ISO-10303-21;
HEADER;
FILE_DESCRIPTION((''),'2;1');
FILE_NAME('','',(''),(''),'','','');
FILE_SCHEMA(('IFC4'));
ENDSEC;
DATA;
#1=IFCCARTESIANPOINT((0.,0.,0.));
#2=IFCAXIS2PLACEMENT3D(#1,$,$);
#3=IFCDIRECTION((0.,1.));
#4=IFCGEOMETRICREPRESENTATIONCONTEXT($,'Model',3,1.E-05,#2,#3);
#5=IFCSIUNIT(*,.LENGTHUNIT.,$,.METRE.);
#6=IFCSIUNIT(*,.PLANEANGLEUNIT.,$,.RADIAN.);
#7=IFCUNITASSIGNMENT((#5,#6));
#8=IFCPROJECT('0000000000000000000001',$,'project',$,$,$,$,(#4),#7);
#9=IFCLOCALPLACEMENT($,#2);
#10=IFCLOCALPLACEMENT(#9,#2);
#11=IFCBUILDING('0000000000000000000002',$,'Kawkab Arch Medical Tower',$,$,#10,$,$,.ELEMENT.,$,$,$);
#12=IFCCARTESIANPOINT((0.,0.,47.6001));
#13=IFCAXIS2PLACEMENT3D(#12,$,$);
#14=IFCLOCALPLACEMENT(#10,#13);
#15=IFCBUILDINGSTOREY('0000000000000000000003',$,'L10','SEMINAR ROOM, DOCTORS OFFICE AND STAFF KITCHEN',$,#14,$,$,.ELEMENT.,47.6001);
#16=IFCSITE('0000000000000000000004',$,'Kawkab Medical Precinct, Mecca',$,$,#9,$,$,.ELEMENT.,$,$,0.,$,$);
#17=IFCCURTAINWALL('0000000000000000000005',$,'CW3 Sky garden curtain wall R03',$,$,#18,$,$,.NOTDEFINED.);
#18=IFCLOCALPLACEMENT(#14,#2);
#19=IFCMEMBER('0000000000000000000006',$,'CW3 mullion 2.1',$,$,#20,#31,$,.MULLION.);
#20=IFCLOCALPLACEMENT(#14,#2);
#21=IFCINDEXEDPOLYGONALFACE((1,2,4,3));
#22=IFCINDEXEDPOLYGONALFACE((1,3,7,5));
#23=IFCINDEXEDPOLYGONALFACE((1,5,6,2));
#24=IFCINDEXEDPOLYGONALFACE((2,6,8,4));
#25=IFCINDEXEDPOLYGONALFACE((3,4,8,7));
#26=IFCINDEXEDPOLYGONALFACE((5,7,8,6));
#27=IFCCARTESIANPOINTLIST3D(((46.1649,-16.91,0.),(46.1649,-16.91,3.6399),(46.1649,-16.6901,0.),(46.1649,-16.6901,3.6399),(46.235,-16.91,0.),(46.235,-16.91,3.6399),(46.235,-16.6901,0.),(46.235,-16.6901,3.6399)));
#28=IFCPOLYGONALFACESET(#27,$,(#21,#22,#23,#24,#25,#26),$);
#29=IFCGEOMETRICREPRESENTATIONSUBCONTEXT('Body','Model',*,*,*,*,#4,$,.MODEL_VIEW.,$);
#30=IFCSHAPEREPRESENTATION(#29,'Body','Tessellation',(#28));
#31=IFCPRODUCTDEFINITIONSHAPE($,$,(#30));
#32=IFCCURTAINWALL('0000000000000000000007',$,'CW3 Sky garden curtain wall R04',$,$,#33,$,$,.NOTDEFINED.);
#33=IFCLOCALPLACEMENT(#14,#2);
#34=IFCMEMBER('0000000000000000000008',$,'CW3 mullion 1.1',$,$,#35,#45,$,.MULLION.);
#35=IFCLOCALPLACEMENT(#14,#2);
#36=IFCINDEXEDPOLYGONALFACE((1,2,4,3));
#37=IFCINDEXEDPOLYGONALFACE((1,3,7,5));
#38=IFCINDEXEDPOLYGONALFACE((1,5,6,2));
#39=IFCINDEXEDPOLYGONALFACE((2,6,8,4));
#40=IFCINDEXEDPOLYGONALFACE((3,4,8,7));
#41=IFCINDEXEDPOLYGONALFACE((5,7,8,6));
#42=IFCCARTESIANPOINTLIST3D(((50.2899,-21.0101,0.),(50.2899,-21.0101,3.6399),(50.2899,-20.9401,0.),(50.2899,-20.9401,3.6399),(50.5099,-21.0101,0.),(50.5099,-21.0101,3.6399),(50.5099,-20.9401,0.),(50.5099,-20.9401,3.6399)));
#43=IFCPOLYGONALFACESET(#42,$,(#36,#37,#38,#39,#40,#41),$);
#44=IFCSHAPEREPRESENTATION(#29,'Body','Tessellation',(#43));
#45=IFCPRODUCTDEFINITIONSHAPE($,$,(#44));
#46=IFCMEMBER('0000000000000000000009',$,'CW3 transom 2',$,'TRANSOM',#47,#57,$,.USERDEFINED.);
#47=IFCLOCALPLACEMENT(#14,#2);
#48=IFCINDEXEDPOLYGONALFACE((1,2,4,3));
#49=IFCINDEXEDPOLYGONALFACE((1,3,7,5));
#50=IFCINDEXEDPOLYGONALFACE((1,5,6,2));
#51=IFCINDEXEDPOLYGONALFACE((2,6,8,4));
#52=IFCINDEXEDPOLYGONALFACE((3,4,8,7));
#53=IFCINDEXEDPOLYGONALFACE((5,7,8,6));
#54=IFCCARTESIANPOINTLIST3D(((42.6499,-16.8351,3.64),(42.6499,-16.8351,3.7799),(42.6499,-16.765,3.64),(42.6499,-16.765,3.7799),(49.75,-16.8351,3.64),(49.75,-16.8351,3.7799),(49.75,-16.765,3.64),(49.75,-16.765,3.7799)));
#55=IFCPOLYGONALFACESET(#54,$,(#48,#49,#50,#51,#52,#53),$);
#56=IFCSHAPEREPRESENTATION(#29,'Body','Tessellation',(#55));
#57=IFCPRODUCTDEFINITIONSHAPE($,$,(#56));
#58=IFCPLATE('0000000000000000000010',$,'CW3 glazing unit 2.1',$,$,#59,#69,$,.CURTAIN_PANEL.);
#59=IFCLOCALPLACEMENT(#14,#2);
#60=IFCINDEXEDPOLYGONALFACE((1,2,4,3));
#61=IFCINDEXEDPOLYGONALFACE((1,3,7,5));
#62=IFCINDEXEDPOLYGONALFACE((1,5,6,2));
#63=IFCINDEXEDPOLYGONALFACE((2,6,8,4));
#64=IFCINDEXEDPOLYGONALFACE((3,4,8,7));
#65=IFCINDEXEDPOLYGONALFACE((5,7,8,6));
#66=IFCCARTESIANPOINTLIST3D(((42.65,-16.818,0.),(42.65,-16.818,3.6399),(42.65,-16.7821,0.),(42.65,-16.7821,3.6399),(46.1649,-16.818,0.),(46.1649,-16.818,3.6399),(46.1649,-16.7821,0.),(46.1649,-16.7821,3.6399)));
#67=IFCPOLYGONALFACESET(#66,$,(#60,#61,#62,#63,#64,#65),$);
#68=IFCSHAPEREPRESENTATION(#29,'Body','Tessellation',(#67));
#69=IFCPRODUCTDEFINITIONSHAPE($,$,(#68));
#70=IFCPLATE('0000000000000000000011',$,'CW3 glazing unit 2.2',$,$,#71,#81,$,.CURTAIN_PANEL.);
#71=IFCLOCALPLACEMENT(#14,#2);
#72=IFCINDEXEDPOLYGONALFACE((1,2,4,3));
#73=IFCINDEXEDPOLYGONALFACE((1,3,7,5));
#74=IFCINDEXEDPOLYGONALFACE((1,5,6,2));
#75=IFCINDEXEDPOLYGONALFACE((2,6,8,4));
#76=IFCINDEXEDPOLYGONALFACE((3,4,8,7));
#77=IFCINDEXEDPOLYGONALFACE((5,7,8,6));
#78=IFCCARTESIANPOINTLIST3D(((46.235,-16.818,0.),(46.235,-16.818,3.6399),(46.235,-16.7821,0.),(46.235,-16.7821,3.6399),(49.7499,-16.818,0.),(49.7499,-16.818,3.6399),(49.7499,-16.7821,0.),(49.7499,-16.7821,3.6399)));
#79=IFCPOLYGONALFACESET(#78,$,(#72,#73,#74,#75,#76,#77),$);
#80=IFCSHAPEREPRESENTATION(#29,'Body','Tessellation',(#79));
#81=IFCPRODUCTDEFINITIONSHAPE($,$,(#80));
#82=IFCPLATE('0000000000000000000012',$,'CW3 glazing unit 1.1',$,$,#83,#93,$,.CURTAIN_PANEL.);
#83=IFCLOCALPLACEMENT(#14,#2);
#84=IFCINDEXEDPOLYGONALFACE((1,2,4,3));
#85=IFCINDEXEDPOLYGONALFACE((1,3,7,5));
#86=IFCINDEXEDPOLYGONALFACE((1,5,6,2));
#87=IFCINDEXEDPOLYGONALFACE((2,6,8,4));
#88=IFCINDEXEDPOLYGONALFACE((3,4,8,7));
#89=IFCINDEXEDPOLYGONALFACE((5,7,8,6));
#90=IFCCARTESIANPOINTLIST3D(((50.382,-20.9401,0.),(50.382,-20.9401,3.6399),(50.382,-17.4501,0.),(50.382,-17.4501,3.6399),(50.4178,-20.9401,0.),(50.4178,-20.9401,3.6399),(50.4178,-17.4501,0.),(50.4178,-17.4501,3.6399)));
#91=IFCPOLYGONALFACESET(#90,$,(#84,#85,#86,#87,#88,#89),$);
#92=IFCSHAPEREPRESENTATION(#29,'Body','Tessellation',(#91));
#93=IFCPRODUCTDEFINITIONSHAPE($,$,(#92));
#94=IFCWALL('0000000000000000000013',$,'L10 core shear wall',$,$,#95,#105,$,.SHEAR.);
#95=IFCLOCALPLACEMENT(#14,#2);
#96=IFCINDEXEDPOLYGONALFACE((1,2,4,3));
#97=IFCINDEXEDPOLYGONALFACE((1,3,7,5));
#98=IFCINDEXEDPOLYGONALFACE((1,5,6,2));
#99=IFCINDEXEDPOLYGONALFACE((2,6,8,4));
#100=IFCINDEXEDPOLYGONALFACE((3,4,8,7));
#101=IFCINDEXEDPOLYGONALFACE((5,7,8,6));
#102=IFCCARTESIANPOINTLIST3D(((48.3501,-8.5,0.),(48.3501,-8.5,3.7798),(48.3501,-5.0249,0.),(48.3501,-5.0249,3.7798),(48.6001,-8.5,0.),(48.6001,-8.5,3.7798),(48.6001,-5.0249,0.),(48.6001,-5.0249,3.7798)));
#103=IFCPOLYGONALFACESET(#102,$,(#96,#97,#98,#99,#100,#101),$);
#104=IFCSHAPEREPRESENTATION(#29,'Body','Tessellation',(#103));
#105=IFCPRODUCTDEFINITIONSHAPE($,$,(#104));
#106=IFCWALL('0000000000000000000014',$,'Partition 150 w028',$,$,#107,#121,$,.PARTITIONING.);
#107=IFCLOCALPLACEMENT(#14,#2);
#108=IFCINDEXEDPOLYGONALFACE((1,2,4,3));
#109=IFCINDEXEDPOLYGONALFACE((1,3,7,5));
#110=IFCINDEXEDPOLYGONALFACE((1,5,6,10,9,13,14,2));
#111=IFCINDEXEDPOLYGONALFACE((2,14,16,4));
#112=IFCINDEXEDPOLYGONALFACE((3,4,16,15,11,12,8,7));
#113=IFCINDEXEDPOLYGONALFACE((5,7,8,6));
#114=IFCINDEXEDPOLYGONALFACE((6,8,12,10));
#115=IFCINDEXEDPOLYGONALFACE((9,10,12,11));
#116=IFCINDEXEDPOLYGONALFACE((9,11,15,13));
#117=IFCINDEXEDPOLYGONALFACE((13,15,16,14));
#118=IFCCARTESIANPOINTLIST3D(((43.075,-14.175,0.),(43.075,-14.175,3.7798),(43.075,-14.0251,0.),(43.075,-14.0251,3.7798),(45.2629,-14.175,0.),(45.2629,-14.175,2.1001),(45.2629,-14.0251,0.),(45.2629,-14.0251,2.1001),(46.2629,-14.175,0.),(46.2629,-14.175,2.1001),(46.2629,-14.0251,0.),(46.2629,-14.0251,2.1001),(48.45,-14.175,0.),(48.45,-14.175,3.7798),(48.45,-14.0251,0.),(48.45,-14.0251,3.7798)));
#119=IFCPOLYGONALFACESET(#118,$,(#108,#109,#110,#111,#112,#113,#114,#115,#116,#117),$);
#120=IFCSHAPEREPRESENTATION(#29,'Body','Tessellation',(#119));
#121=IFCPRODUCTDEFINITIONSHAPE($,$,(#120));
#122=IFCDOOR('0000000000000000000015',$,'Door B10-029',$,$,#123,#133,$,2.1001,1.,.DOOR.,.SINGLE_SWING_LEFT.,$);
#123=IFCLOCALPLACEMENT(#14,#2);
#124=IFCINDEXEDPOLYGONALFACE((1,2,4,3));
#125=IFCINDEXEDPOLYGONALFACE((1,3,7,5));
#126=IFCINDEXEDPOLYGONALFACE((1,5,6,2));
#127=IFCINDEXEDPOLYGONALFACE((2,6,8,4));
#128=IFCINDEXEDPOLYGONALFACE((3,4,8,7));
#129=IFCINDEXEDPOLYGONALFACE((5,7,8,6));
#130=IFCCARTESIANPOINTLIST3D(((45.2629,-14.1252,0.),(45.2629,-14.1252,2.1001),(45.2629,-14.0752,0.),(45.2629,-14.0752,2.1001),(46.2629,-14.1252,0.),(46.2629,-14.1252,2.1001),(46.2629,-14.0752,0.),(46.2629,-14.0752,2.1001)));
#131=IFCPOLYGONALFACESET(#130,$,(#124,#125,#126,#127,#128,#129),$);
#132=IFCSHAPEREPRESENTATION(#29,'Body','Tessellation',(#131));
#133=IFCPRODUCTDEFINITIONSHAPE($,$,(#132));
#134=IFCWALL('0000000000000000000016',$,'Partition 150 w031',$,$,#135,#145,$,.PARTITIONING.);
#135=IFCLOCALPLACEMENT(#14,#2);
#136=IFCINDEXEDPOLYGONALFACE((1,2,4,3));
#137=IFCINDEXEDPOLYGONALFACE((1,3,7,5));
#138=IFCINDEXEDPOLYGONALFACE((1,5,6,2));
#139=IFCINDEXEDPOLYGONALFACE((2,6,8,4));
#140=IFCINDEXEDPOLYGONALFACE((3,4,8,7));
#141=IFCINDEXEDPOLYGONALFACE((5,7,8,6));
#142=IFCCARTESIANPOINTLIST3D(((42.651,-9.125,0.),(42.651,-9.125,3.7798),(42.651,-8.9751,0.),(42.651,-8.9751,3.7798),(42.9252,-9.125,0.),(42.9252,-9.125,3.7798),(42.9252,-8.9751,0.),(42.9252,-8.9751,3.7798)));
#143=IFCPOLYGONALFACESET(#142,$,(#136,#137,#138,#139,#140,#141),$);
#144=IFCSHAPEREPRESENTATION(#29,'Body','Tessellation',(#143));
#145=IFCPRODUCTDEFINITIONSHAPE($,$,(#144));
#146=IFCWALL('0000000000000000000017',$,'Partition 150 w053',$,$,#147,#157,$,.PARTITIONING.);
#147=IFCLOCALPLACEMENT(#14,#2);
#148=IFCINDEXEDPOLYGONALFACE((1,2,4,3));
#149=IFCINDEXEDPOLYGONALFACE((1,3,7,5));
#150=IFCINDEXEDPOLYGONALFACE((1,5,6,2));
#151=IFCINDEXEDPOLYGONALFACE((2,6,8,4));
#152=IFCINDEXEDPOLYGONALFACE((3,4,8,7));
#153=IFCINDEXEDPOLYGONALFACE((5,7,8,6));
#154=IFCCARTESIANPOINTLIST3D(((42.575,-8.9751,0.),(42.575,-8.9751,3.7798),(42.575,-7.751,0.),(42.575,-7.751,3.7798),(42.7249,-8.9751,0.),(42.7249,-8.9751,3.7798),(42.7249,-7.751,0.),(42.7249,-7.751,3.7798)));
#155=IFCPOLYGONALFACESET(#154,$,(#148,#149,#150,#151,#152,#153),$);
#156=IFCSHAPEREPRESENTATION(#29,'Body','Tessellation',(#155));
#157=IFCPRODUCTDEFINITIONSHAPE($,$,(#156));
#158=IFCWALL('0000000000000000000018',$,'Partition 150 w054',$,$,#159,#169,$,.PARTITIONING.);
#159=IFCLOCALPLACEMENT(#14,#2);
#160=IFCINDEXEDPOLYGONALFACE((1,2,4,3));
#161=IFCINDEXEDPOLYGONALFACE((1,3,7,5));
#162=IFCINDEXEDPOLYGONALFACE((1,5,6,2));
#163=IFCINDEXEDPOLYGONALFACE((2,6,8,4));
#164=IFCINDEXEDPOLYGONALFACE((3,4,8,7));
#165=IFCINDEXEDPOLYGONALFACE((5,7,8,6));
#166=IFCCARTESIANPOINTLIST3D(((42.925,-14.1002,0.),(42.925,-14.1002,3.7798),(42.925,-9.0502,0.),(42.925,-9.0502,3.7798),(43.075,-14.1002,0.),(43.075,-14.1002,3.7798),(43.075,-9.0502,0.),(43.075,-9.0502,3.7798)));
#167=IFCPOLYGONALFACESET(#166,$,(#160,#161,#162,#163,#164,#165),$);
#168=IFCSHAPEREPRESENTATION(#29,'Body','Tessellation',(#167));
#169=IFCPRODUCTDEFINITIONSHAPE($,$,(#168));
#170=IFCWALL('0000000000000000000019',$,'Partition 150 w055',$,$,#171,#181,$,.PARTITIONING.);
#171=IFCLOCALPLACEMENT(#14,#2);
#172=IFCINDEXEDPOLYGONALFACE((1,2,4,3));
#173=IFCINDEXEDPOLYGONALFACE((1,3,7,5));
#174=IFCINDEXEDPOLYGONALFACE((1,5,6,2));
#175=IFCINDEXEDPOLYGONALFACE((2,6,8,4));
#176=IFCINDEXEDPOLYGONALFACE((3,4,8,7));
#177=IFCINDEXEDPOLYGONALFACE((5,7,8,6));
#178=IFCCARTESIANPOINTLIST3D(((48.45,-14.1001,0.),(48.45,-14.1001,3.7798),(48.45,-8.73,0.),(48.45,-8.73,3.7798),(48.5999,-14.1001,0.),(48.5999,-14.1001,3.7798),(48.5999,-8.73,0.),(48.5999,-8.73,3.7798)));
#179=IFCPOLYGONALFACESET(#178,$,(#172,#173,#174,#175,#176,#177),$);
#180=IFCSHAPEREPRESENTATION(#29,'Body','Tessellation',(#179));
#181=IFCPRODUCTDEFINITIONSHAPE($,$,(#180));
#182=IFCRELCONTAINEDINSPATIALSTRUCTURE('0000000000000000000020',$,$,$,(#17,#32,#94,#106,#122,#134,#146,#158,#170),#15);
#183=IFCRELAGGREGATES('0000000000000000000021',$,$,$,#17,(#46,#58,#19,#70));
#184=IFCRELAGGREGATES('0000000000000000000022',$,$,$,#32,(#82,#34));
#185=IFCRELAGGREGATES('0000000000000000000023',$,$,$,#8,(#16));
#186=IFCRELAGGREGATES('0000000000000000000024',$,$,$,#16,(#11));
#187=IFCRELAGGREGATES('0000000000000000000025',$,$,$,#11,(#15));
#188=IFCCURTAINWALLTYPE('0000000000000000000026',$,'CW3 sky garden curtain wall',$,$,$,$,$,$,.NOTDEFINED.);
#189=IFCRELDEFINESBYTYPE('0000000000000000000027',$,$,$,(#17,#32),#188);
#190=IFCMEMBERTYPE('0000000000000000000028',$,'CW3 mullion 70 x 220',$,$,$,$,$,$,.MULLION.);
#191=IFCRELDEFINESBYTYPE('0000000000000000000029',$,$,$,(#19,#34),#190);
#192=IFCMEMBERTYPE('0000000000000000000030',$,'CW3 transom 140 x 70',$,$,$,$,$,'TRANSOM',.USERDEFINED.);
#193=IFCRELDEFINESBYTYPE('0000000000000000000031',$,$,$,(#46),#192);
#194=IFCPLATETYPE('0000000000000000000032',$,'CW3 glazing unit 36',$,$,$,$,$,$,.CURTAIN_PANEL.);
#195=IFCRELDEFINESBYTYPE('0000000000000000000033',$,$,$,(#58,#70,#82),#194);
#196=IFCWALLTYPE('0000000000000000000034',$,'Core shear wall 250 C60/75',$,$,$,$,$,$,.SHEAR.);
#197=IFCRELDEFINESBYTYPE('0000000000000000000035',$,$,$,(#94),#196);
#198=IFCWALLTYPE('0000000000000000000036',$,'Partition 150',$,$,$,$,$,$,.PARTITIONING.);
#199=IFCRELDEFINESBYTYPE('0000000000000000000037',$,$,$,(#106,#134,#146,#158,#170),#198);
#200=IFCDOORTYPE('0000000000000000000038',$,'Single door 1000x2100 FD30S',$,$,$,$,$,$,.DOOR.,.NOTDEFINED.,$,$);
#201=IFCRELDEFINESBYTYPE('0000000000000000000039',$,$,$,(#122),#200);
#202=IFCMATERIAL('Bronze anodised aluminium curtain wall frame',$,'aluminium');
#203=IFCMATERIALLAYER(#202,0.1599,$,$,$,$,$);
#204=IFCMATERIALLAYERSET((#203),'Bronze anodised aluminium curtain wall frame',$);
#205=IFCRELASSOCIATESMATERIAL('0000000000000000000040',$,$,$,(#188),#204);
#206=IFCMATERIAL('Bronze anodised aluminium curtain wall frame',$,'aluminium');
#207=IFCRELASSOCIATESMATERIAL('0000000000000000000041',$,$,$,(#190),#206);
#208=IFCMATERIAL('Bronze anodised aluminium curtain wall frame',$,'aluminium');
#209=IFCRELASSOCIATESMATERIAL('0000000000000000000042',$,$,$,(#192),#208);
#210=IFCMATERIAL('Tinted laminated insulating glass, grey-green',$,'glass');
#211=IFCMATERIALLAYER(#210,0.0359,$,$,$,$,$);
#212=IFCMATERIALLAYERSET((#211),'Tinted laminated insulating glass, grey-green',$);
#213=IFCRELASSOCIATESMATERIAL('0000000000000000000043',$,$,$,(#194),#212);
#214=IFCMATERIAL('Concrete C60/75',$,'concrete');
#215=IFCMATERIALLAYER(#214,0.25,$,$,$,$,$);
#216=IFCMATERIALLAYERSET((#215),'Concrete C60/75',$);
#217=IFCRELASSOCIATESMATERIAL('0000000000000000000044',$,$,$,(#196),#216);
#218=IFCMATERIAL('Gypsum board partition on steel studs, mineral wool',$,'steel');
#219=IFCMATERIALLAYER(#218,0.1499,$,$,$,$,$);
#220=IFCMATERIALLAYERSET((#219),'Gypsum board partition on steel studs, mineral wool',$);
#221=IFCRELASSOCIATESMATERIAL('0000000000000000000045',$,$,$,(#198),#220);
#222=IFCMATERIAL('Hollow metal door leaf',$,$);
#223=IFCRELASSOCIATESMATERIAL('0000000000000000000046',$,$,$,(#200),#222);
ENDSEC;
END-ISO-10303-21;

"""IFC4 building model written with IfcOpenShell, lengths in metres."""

from ifc_helpers import new_model, si_unit, direction, frame, frame_2d, origin, origin_2d, place, context, subcontext, project, spatial, rectangle, extrude, material, layer, layer_set, material_profile, profile_set, type_object, element, fill, aggregate, save


model = new_model("IFC4")

# Units and contexts
model_context = context("Model", 3, precision=1e-05, world=origin(), true_north=direction((0.0, 1.0)))
body_context = subcontext(model_context, "Body", "Model", "MODEL_VIEW")
ifc_project = project(units=[si_unit("LENGTHUNIT", "METRE"), si_unit("PLANEANGLEUNIT", "RADIAN")], contexts=[model_context])

# Site, building, storey
site_placement = place(None, origin())
site = spatial("IfcSite", under=ifc_project, at=site_placement, Name="Kawkab Medical Precinct, Mecca", CompositionType="ELEMENT", RefElevation=0.0)
building_placement = place(site_placement, origin())
building = spatial("IfcBuilding", under=site, at=building_placement, Name="Kawkab Arch Medical Tower", CompositionType="ELEMENT")
storey_placement = place(building_placement, frame((0.0, 0.0, 47.6001)))
storey = spatial("IfcBuildingStorey", under=building, at=storey_placement, Name="L10", Description="SEMINAR ROOM, DOCTORS OFFICE AND STAFF KITCHEN", CompositionType="ELEMENT", Elevation=47.6001)

# Curtain walls, members
ifc_material_1 = material(Name="Bronze anodised aluminium curtain wall frame", Category="aluminium")
ifc_layer_1 = layer(ifc_material_1, 0.1599)
ifc_layer_set_1 = layer_set([ifc_layer_1], Name="Bronze anodised aluminium curtain wall frame")
curtain_wall_type = type_object("IfcCurtainWallType", Name="CW3 sky garden curtain wall", PredefinedType="NOTDEFINED", material=ifc_layer_set_1)
placement = place(storey_placement, origin())
curtain_wall_1 = element("IfcCurtainWall", 1, at=placement, inside=storey, type_object=curtain_wall_type, Name="CW3 Sky garden curtain wall R03", PredefinedType="NOTDEFINED")
ifc_material_2 = material(Name="Bronze anodised aluminium curtain wall frame", Category="aluminium")
ifc_material_profile_1 = material_profile(ifc_material_2, rectangle(XDim=0.22, YDim=0.0701, at=origin_2d()), Name="AL 70x220")
ifc_profile_set_1 = profile_set([ifc_material_profile_1], Name="Bronze anodised aluminium curtain wall frame")
member_type_1 = type_object("IfcMemberType", Name="CW3 mullion 70 x 220", PredefinedType="MULLION", material=ifc_profile_set_1)
member_1_placement = place(storey_placement, frame((46.2, -16.8, 0.0), z_axis=(0.0, 0.0, 1.0), x_axis=(0.0, 1.0, 0.0)))
member_1 = element("IfcMember", 2, at=member_1_placement, type_object=member_type_1, Name="CW3 mullion 2.1", PredefinedType="MULLION", context=body_context, shape_type="SweptSolid", body=[
    extrude(rectangle(XDim=0.22, YDim=0.0701, at=origin_2d()), origin(), (0.0, 0.0, 1.0), 3.6399),
])
curtain_wall_2 = element("IfcCurtainWall", 3, at=placement, inside=storey, type_object=curtain_wall_type, Name="CW3 Sky garden curtain wall R04", PredefinedType="NOTDEFINED")
member_2_placement = place(storey_placement, frame((50.3999, -20.9751, 0.0), z_axis=(0.0, 0.0, 1.0), x_axis=(1.0, 0.0, 0.0)))
member_2 = element("IfcMember", 4, at=member_2_placement, type_object=member_type_1, Name="CW3 mullion 1.1", PredefinedType="MULLION", context=body_context, shape_type="SweptSolid", body=[
    extrude(rectangle(XDim=0.22, YDim=0.0701, at=origin_2d()), origin(), (0.0, 0.0, 1.0), 3.6399),
])

# Member
ifc_material_3 = material(Name="Bronze anodised aluminium curtain wall frame", Category="aluminium")
ifc_material_profile_2 = material_profile(ifc_material_3, rectangle(XDim=0.0701, YDim=0.1399, at=origin_2d()), Name="AL 70x140")
ifc_profile_set_2 = profile_set([ifc_material_profile_2], Name="Bronze anodised aluminium curtain wall frame")
member_type_2 = type_object("IfcMemberType", Name="CW3 transom 140 x 70", ElementType="TRANSOM", PredefinedType="USERDEFINED", material=ifc_profile_set_2)
member_3_placement = place(storey_placement, frame((42.6499, -16.8, 3.71), z_axis=(1.0, 0.0, 0.0), x_axis=(0.0, 1.0, 0.0)))
member_3 = element("IfcMember", 5, at=member_3_placement, type_object=member_type_2, Name="CW3 transom 2", ObjectType="TRANSOM", PredefinedType="USERDEFINED", context=body_context, shape_type="SweptSolid", body=[
    extrude(rectangle(XDim=0.0701, YDim=0.1399, at=origin_2d()), origin(), (0.0, 0.0, 1.0), 7.1001),
])

# Plates
ifc_material_4 = material(Name="Tinted laminated insulating glass, grey-green", Category="glass")
ifc_layer_2 = layer(ifc_material_4, 0.0359)
ifc_layer_set_2 = layer_set([ifc_layer_2], Name="Tinted laminated insulating glass, grey-green")
plate_type = type_object("IfcPlateType", Name="CW3 glazing unit 36", PredefinedType="CURTAIN_PANEL", material=ifc_layer_set_2)
plate_1_placement = place(storey_placement, frame((44.4075, -16.8, 0.0), z_axis=(0.0, 0.0, 1.0), x_axis=(1.0, 0.0, 0.0)))
plate_1 = element("IfcPlate", 6, at=plate_1_placement, type_object=plate_type, Name="CW3 glazing unit 2.1", PredefinedType="CURTAIN_PANEL", context=body_context, shape_type="SweptSolid", body=[
    extrude(rectangle(XDim=3.5149, YDim=0.0359, at=origin_2d()), origin(), (0.0, 0.0, 1.0), 3.6399),
])
plate_2_placement = place(storey_placement, frame((47.9924, -16.8, 0.0), z_axis=(0.0, 0.0, 1.0), x_axis=(1.0, 0.0, 0.0)))
plate_2 = element("IfcPlate", 7, at=plate_2_placement, type_object=plate_type, Name="CW3 glazing unit 2.2", PredefinedType="CURTAIN_PANEL", context=body_context, shape_type="SweptSolid", body=[
    extrude(rectangle(XDim=3.5149, YDim=0.0359, at=origin_2d()), origin(), (0.0, 0.0, 1.0), 3.6399),
])
aggregate(curtain_wall_1, [member_3, plate_1, member_1, plate_2])
plate_3_placement = place(storey_placement, frame((50.3999, -19.1951, 0.0), z_axis=(0.0, 0.0, 1.0), x_axis=(0.0, -1.0, 0.0)))
plate_3 = element("IfcPlate", 8, at=plate_3_placement, type_object=plate_type, Name="CW3 glazing unit 1.1", PredefinedType="CURTAIN_PANEL", context=body_context, shape_type="SweptSolid", body=[
    extrude(rectangle(XDim=3.49, YDim=0.0359, at=origin_2d()), origin(), (0.0, 0.0, 1.0), 3.6399),
])
aggregate(curtain_wall_2, [plate_3, member_2])

# Wall
ifc_material_5 = material(Name="Concrete C60/75", Category="concrete")
ifc_layer_3 = layer(ifc_material_5, 0.25)
ifc_layer_set_3 = layer_set([ifc_layer_3], Name="Concrete C60/75")
wall_type_1 = type_object("IfcWallType", Name="Core shear wall 250 C60/75", PredefinedType="SHEAR", material=ifc_layer_set_3)
wall_1_placement = place(storey_placement, frame((48.4751, -8.5, 0.0), z_axis=(0.0, 0.0, 1.0), x_axis=(0.0, 1.0, 0.0)))
element("IfcWall", 9, at=wall_1_placement, inside=storey, type_object=wall_type_1, Name="L10 core shear wall", PredefinedType="SHEAR", context=body_context, shape_type="SweptSolid", body=[
    extrude(rectangle(XDim=3.4751, YDim=0.25, at=frame_2d((1.7375, 0.0))), origin(), (0.0, 0.0, 1.0), 3.7798),
])

# Wall, opening, door
ifc_material_6 = material(Name="Gypsum board partition on steel studs, mineral wool", Category="steel")
ifc_layer_4 = layer(ifc_material_6, 0.1499)
ifc_layer_set_4 = layer_set([ifc_layer_4], Name="Gypsum board partition on steel studs, mineral wool")
wall_type_2 = type_object("IfcWallType", Name="Partition 150", PredefinedType="PARTITIONING", material=ifc_layer_set_4)
wall_2_placement = place(storey_placement, frame((43.075, -14.1001, 0.0), z_axis=(0.0, 0.0, 1.0), x_axis=(1.0, 0.0, 0.0)))
wall_2 = element("IfcWall", 10, at=wall_2_placement, inside=storey, type_object=wall_type_2, Name="Partition 150 w028", PredefinedType="PARTITIONING", context=body_context, shape_type="SweptSolid", body=[
    extrude(rectangle(XDim=5.375, YDim=0.1499, at=frame_2d((2.6875, 0.0))), origin(), (0.0, 0.0, 1.0), 3.7798),
])
opening_1_placement = place(wall_2_placement, frame((2.188, 0.0, 0.0)))
opening_1 = element("IfcOpeningElement", 11, at=opening_1_placement, cuts=wall_2, PredefinedType="OPENING", context=body_context, shape_type="SweptSolid", body=[
    extrude(rectangle(XDim=1.0, YDim=2.1001, at=frame_2d((0.5, 1.05))), frame((0.0, 0.085, 0.0), z_axis=(0.0, -1.0, 0.0), x_axis=(1.0, 0.0, 0.0)), (0.0, 0.0, 1.0), 0.1699),
])
ifc_material_7 = material(Name="Hollow metal door leaf")
door_type_1 = type_object("IfcDoorType", Name="Single door 1000x2100 FD30S", OperationType="NOTDEFINED", PredefinedType="DOOR", material=ifc_material_7)
door_1_placement = place(opening_1_placement, origin())
door_1 = element("IfcDoor", 12, at=door_1_placement, inside=storey, type_object=door_type_1, Name="Door B10-029", OperationType="SINGLE_SWING_LEFT", OverallHeight=2.1001, OverallWidth=1.0, PredefinedType="DOOR", context=body_context, shape_type="SweptSolid", body=[
    extrude(rectangle(XDim=1.0, YDim=2.1001, at=frame_2d((0.5, 1.05))), frame((0.0, 0.0249, 0.0), z_axis=(0.0, -1.0, 0.0), x_axis=(1.0, 0.0, 0.0)), (0.0, 0.0, 1.0), 0.05),
])
fill(opening_1, door_1)

# Walls
wall_3_placement = place(storey_placement, frame((42.6509, -9.05, 0.0), z_axis=(0.0, 0.0, 1.0), x_axis=(1.0, 0.0, 0.0)))
element("IfcWall", 13, at=wall_3_placement, inside=storey, type_object=wall_type_2, Name="Partition 150 w031", PredefinedType="PARTITIONING", context=body_context, shape_type="SweptSolid", body=[
    extrude(rectangle(XDim=0.2742, YDim=0.1499, at=frame_2d((0.1372, 0.0))), origin(), (0.0, 0.0, 1.0), 3.7798),
])
wall_4_placement = place(storey_placement, frame((42.6499, -8.9751, 0.0), z_axis=(0.0, 0.0, 1.0), x_axis=(0.0, 1.0, 0.0)))
element("IfcWall", 14, at=wall_4_placement, inside=storey, type_object=wall_type_2, Name="Partition 150 w053", PredefinedType="PARTITIONING", context=body_context, shape_type="SweptSolid", body=[
    extrude(rectangle(XDim=1.2241, YDim=0.1499, at=frame_2d((0.6121, 0.0))), origin(), (0.0, 0.0, 1.0), 3.7798),
])
wall_5_placement = place(storey_placement, frame((43.0, -14.1001, 0.0), z_axis=(0.0, 0.0, 1.0), x_axis=(0.0, 1.0, 0.0)))
element("IfcWall", 15, at=wall_5_placement, inside=storey, type_object=wall_type_2, Name="Partition 150 w054", PredefinedType="PARTITIONING", context=body_context, shape_type="SweptSolid", body=[
    extrude(rectangle(XDim=5.05, YDim=0.1499, at=frame_2d((2.5249, 0.0))), origin(), (0.0, 0.0, 1.0), 3.7798),
])
wall_6_placement = place(storey_placement, frame((48.5249, -14.1001, 0.0), z_axis=(0.0, 0.0, 1.0), x_axis=(0.0, 1.0, 0.0)))
element("IfcWall", 16, at=wall_6_placement, inside=storey, type_object=wall_type_2, Name="Partition 150 w055", PredefinedType="PARTITIONING", context=body_context, shape_type="SweptSolid", body=[
    extrude(rectangle(XDim=5.3701, YDim=0.1499, at=frame_2d((2.6851, 0.0))), origin(), (0.0, 0.0, 1.0), 3.7798),
])

save(model, "model.ifc")
